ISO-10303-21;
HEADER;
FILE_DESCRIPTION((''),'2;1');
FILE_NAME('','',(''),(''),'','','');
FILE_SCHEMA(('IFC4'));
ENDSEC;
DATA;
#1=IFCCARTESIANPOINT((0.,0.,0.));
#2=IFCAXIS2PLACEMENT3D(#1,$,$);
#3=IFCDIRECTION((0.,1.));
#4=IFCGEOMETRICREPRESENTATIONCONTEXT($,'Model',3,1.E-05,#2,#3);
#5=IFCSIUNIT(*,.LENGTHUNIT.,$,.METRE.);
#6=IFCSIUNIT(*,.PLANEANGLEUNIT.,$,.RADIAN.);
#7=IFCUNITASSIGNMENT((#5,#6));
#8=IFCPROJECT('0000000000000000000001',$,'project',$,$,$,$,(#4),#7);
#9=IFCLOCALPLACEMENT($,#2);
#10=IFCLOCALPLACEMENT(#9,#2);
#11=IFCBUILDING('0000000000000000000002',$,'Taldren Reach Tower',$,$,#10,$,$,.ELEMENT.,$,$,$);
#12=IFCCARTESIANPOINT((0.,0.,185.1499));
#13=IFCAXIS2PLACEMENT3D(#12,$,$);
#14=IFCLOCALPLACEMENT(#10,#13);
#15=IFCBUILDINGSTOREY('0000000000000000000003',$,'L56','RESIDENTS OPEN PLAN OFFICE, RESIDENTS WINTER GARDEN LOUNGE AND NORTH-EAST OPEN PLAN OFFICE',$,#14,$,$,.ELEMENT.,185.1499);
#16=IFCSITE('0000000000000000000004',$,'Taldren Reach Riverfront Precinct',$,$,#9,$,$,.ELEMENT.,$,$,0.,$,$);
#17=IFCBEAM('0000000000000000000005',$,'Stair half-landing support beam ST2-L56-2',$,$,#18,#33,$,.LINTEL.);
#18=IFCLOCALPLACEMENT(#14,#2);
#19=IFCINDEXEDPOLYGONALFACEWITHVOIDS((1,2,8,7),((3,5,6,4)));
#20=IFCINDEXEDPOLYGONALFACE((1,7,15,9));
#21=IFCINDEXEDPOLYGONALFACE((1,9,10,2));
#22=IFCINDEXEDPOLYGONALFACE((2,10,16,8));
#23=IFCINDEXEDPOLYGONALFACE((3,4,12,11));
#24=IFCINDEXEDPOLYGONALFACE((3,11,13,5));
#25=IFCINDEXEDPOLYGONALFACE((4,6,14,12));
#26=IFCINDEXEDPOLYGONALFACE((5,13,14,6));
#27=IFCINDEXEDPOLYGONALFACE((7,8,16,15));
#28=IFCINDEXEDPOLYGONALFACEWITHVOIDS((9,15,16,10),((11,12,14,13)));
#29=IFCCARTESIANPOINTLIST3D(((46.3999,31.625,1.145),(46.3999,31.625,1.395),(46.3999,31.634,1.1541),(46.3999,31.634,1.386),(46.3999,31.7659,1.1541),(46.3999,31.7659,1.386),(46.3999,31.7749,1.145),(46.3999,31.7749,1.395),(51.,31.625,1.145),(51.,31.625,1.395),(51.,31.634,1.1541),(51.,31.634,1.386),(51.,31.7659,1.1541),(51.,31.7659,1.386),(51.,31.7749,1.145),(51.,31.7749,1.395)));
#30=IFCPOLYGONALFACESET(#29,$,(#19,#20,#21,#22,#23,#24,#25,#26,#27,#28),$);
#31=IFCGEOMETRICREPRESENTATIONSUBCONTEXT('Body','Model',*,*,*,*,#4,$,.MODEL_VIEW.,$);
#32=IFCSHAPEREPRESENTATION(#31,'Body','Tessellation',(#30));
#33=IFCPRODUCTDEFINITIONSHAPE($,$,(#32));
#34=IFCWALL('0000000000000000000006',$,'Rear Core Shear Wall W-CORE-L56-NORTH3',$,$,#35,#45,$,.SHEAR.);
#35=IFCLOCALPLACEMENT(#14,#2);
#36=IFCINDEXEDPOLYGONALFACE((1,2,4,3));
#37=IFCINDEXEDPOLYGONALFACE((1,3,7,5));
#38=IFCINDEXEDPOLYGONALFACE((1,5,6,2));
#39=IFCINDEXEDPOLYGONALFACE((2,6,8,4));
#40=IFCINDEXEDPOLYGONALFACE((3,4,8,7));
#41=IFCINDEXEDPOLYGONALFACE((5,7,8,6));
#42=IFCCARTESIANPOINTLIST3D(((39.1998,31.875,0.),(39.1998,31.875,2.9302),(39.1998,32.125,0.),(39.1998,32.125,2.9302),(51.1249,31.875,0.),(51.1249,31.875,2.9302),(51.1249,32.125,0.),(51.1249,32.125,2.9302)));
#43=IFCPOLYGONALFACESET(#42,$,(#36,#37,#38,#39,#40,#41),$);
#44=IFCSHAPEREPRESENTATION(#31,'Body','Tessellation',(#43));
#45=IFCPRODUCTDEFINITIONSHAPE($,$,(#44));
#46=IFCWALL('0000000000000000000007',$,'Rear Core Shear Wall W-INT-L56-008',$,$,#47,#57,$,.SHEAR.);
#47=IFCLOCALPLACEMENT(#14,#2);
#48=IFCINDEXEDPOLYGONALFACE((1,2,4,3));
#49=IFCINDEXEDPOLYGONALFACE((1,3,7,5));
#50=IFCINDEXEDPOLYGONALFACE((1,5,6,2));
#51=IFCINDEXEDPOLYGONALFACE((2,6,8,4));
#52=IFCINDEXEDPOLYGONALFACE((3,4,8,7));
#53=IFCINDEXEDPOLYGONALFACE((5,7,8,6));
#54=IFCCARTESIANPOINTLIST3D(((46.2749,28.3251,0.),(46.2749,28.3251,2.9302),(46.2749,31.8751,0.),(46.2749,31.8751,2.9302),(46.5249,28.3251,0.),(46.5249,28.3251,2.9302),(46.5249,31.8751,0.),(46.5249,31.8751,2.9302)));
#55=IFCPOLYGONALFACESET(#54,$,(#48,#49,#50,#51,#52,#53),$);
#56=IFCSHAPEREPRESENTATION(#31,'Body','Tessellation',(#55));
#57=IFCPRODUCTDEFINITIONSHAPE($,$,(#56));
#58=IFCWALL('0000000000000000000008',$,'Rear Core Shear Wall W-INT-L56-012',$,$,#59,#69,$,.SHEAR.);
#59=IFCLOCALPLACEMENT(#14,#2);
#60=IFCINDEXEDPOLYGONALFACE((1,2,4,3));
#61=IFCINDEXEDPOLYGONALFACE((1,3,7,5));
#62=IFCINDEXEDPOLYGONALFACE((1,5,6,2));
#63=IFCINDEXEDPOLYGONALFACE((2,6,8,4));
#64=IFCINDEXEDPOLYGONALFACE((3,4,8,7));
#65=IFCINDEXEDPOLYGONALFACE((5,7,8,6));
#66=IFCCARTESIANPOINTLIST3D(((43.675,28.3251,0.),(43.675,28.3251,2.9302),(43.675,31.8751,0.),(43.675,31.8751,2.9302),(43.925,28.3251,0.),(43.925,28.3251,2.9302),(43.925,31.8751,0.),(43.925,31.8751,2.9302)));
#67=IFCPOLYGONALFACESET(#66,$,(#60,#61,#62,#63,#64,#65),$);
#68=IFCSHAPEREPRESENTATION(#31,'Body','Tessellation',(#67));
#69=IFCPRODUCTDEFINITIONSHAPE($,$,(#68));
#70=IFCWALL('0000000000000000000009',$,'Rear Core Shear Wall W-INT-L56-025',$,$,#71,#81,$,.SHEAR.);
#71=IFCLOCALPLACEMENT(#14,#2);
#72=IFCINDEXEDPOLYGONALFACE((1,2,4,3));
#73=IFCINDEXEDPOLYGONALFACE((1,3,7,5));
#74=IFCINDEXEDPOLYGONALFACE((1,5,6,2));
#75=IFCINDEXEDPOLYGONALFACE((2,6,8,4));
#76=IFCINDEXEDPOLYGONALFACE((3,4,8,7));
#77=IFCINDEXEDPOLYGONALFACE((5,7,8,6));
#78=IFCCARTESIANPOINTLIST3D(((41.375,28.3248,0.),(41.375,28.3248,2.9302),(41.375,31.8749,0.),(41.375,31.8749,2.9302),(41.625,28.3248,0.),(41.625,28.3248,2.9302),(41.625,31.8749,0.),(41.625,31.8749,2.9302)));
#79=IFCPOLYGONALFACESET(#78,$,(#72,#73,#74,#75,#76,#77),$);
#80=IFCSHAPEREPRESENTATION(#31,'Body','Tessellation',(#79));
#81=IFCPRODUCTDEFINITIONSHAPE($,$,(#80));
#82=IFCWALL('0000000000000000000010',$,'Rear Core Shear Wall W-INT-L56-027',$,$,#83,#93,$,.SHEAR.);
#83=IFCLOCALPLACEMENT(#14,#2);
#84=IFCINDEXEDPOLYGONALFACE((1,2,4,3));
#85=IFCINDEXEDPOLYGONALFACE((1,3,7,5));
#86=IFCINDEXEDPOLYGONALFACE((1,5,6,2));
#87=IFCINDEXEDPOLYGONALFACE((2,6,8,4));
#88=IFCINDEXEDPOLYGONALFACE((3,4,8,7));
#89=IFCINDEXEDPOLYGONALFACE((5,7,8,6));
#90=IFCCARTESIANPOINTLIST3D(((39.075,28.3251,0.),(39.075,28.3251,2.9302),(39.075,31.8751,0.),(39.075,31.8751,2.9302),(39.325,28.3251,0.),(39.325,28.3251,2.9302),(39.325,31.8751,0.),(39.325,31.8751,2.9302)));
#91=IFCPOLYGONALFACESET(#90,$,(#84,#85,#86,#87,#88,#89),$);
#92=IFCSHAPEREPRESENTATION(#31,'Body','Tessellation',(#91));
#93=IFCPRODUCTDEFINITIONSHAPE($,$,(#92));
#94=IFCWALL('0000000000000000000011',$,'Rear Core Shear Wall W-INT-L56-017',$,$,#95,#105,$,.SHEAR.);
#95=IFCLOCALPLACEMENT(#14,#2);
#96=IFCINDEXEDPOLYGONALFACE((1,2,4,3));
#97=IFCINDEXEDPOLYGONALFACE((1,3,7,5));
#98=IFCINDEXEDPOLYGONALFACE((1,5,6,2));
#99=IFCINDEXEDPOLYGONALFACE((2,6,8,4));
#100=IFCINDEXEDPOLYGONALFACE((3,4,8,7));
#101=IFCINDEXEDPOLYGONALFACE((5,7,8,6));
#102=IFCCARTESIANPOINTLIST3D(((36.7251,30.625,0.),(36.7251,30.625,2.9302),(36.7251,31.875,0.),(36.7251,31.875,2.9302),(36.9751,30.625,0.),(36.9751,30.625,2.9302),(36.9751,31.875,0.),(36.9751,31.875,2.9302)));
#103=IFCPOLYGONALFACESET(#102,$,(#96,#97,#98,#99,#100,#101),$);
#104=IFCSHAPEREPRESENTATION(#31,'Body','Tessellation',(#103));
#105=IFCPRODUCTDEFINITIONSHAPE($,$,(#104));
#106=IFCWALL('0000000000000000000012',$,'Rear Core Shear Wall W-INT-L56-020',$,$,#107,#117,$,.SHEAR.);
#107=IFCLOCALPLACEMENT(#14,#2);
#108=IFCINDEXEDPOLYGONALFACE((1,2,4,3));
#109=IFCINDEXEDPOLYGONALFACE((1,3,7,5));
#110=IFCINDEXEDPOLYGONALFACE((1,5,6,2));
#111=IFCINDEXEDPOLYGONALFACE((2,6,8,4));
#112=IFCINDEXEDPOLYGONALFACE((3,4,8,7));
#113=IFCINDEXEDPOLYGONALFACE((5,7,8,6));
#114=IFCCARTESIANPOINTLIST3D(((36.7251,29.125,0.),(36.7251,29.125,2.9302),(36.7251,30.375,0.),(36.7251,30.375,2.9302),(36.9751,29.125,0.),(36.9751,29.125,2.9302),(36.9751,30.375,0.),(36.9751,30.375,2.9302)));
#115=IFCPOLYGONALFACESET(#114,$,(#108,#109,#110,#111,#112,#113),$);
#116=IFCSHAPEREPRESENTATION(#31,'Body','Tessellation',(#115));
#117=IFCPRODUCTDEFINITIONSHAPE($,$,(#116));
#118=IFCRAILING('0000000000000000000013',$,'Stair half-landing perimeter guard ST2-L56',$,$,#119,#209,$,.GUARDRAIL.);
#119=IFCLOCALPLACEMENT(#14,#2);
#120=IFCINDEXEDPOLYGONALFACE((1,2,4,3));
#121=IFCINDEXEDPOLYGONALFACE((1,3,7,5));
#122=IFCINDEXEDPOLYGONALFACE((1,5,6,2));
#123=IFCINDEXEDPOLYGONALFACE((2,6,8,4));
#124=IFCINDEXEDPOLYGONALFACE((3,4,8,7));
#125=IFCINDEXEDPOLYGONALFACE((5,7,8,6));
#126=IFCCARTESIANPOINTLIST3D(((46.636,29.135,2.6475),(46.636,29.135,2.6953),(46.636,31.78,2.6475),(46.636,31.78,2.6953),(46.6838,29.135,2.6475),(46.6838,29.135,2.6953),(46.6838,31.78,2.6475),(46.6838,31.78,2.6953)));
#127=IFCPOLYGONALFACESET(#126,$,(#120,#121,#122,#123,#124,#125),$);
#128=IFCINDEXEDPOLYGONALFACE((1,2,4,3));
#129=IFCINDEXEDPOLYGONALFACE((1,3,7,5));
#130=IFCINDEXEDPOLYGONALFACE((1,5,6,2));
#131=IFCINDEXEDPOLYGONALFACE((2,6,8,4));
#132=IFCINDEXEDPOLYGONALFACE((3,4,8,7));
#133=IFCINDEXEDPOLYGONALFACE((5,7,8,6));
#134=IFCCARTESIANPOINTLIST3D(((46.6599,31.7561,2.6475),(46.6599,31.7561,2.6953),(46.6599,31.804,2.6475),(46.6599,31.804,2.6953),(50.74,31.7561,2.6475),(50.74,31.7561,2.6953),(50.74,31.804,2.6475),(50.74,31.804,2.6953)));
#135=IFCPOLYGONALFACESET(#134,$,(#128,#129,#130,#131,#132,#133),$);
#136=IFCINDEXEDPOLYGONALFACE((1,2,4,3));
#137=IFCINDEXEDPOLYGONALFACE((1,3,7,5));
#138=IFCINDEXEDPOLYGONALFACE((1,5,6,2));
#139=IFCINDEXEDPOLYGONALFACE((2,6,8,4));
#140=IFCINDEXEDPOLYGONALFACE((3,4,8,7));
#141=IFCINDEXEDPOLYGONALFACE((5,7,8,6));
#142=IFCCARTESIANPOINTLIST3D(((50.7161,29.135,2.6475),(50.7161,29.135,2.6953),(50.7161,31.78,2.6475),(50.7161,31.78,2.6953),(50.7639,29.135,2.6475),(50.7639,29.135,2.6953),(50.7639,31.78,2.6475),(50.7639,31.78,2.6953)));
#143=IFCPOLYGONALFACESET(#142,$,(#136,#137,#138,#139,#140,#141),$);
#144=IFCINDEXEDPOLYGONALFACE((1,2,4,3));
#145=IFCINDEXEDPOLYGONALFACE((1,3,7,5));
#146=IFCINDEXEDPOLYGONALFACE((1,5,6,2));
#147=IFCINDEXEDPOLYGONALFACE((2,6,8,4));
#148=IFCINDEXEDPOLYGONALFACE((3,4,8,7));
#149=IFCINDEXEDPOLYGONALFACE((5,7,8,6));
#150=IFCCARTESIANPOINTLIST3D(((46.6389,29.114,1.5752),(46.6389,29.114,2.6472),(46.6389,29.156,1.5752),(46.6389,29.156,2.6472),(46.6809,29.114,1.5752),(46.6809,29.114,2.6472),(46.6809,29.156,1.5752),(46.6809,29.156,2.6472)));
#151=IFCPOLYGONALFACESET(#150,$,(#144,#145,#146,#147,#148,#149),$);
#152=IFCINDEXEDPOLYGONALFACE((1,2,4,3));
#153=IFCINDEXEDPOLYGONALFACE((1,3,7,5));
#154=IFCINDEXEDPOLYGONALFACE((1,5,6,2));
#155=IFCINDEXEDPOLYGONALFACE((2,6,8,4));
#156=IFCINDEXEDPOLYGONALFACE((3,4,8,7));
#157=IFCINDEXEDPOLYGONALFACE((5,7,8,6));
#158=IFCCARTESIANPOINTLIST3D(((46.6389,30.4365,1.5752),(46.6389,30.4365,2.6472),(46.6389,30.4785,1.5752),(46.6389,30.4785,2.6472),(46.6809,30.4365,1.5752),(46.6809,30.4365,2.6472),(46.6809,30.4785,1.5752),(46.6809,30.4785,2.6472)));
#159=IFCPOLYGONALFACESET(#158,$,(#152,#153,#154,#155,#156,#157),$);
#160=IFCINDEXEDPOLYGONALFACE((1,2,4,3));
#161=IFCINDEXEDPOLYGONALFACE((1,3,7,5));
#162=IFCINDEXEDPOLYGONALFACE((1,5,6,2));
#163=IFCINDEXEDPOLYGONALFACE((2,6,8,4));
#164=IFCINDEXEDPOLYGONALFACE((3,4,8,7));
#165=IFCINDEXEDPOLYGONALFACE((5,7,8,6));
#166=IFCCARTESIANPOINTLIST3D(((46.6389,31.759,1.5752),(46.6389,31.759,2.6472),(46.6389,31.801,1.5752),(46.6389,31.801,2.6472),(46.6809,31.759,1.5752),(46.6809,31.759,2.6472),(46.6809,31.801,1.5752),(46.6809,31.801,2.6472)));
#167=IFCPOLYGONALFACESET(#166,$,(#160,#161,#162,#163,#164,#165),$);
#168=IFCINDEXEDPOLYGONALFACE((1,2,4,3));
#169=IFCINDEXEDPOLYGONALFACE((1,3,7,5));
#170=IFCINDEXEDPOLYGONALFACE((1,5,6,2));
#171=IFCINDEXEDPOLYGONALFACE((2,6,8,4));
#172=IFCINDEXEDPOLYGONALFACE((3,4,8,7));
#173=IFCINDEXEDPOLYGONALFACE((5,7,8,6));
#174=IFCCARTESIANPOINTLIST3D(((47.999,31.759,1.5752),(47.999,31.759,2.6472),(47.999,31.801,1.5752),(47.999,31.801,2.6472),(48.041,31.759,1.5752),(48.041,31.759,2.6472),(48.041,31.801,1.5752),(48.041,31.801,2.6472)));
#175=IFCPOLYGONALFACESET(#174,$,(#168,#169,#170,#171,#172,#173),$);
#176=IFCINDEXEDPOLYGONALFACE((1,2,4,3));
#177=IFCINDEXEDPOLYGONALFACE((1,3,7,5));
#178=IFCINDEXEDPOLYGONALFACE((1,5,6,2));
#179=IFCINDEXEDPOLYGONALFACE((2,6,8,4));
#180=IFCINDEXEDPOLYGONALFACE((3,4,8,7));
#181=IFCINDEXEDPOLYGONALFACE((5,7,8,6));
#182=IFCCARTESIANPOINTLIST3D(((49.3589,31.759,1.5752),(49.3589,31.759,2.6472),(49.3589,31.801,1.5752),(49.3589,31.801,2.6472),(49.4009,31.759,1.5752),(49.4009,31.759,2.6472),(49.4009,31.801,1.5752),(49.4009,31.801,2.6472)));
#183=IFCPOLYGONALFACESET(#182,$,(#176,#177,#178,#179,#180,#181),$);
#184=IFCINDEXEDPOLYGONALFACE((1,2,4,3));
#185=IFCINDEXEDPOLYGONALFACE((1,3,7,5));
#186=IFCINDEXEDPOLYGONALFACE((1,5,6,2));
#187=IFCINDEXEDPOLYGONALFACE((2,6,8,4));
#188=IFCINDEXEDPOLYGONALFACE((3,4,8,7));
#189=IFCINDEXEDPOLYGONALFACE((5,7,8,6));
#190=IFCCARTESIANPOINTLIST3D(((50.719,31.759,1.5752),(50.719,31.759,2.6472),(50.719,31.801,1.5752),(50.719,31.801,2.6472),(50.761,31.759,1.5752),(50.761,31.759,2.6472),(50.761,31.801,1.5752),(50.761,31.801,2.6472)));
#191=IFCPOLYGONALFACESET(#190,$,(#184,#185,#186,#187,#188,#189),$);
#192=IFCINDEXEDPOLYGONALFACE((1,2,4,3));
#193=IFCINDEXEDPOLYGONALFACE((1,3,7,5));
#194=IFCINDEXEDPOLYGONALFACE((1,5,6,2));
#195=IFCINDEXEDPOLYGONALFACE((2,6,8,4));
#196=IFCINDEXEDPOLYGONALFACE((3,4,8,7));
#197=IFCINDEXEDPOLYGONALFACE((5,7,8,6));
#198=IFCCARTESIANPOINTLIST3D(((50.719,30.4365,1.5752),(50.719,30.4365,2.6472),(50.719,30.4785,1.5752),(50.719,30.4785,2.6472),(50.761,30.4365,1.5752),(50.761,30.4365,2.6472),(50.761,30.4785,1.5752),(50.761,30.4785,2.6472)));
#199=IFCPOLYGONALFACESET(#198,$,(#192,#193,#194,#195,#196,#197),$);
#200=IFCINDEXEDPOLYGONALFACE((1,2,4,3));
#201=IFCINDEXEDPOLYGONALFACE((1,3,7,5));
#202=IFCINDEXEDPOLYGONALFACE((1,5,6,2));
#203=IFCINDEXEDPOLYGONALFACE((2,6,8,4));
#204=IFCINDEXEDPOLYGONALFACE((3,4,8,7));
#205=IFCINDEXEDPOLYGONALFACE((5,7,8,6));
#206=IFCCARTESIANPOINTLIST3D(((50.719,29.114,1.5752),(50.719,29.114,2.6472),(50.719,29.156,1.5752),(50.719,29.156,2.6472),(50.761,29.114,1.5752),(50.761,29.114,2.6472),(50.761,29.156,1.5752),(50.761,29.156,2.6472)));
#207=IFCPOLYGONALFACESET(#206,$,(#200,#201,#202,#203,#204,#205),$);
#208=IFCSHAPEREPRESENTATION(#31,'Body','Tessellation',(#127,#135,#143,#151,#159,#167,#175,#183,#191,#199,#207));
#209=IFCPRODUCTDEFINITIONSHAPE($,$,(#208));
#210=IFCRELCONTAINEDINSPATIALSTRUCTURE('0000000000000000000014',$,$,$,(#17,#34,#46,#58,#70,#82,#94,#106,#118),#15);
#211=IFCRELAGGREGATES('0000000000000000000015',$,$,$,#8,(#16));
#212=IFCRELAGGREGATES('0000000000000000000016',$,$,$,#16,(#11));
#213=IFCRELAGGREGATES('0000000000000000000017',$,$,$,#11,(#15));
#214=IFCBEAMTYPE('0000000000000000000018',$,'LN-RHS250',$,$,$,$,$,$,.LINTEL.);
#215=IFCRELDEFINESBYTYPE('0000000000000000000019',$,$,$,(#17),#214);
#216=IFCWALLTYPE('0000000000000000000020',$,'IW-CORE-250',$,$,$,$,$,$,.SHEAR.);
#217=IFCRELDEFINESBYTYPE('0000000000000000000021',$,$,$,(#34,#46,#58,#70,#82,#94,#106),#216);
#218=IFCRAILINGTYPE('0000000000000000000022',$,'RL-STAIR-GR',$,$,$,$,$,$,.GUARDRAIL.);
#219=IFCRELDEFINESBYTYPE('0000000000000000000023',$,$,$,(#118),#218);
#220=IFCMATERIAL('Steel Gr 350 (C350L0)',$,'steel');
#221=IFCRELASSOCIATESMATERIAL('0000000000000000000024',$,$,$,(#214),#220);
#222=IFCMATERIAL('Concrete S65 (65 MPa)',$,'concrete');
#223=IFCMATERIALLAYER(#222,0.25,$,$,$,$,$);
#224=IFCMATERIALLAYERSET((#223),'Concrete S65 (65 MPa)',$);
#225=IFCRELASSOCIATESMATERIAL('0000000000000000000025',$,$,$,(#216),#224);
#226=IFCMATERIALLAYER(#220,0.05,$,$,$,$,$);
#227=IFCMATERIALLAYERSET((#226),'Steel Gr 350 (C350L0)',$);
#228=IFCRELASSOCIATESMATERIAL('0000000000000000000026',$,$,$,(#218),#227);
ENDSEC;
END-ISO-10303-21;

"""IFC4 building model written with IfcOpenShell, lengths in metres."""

from ifc_helpers import new_model, si_unit, direction, frame, frame_2d, origin, origin_2d, place, context, subcontext, project, spatial, rectangle, hollow_rectangle, extrude, source, transform, mapped, material, layer, layer_set, material_profile, profile_set, type_object, element, save


model = new_model("IFC4")

# Units and contexts
model_context = context("Model", 3, precision=1e-05, world=origin(), true_north=direction((0.0, 1.0)))
body_context = subcontext(model_context, "Body", "Model", "MODEL_VIEW")
ifc_project = project(units=[si_unit("LENGTHUNIT", "METRE"), si_unit("PLANEANGLEUNIT", "RADIAN")], contexts=[model_context])

# Site, building, storey
site_placement = place(None, origin())
site = spatial("IfcSite", under=ifc_project, at=site_placement, Name="Taldren Reach Riverfront Precinct", CompositionType="ELEMENT", RefElevation=0.0)
building_placement = place(site_placement, origin())
building = spatial("IfcBuilding", under=site, at=building_placement, Name="Taldren Reach Tower", CompositionType="ELEMENT")
storey_placement = place(building_placement, frame((0.0, 0.0, 185.1499)))
storey = spatial("IfcBuildingStorey", under=building, at=storey_placement, Name="L56", Description="RESIDENTS OPEN PLAN OFFICE, RESIDENTS WINTER GARDEN LOUNGE AND NORTH-EAST OPEN PLAN OFFICE", CompositionType="ELEMENT", Elevation=185.1499)

# Shared definitions
ifc_material_1 = material(Name="Steel Gr 350 (C350L0)", Category="steel")

# Beam
ifc_material_profile_1 = material_profile(ifc_material_1, hollow_rectangle(XDim=0.1499, YDim=0.25, WallThickness=0.009, at=origin_2d()), Name="250x150x9.0RHS")
ifc_profile_set_1 = profile_set([ifc_material_profile_1], Name="Steel Gr 350 (C350L0)")
beam_type_1 = type_object("IfcBeamType", Name="LN-RHS250", PredefinedType="LINTEL", material=ifc_profile_set_1)
shared_shape_1 = source(origin(), body_context, "Body", "SweptSolid", [
    extrude(hollow_rectangle(XDim=0.1499, YDim=0.25, WallThickness=0.009, at=origin_2d()), origin(), (0.0, 0.0, 1.0), 4.6001),
])
for number, where, z_axis, x_axis, name in (
    (1, (46.3999, 31.7, 1.27), (1.0, 0.0, 0.0), (0.0, 1.0, 0.0), "Stair half-landing support beam ST2-L56-2"),
):
    element("IfcBeam", number, at=place(storey_placement, frame(where, z_axis=z_axis, x_axis=x_axis)), inside=storey, type_object=beam_type_1, Name=name, PredefinedType="LINTEL", context=body_context, shape_type="MappedRepresentation", body=[
        mapped(shared_shape_1, transform((0.0, 0.0, 0.0), scale=1.0)),
    ])

# Walls
ifc_material_2 = material(Name="Concrete S65 (65 MPa)", Category="concrete")
ifc_layer_1 = layer(ifc_material_2, 0.25)
ifc_layer_set_1 = layer_set([ifc_layer_1], Name="Concrete S65 (65 MPa)")
wall_type = type_object("IfcWallType", Name="IW-CORE-250", PredefinedType="SHEAR", material=ifc_layer_set_1)
shared_shape_2 = source(origin(), body_context, "Body", "SweptSolid", [
    extrude(rectangle(XDim=11.925, YDim=0.25, at=frame_2d((5.9624, 0.0))), origin(), (0.0, 0.0, 1.0), 2.9302),
])
wall_placement = place(storey_placement, frame((39.2, 32.0, 0.0), z_axis=(0.0, 0.0, 1.0), x_axis=(1.0, 0.0, 0.0)))
element("IfcWall", 2, at=wall_placement, inside=storey, type_object=wall_type, Name="Rear Core Shear Wall W-CORE-L56-NORTH3", PredefinedType="SHEAR", context=body_context, shape_type="MappedRepresentation", body=[
    mapped(shared_shape_2, transform((0.0, 0.0, 0.0), scale=1.0)),
])
shared_shape_3 = source(origin(), body_context, "Body", "SweptSolid", [
    extrude(rectangle(XDim=3.55, YDim=0.25, at=frame_2d((1.7749, 0.0))), origin(), (0.0, 0.0, 1.0), 2.9302),
])
for number, where, z_axis, x_axis, name in (
    (3, (46.3999, 31.875, 0.0), (0.0, 0.0, 1.0), (0.0, -1.0, 0.0), "Rear Core Shear Wall W-INT-L56-008"),
    (4, (43.8, 31.875, 0.0), (0.0, 0.0, 1.0), (0.0, -1.0, 0.0), "Rear Core Shear Wall W-INT-L56-012"),
    (5, (41.5, 28.325, 0.0), (0.0, 0.0, 1.0), (0.0, 1.0, 0.0), "Rear Core Shear Wall W-INT-L56-025"),
    (6, (39.2, 31.875, 0.0), (0.0, 0.0, 1.0), (0.0, -1.0, 0.0), "Rear Core Shear Wall W-INT-L56-027"),
):
    element("IfcWall", number, at=place(storey_placement, frame(where, z_axis=z_axis, x_axis=x_axis)), inside=storey, type_object=wall_type, Name=name, PredefinedType="SHEAR", context=body_context, shape_type="MappedRepresentation", body=[
        mapped(shared_shape_3, transform((0.0, 0.0, 0.0), scale=1.0)),
    ])
shared_shape_4 = source(origin(), body_context, "Body", "SweptSolid", [
    extrude(rectangle(XDim=1.25, YDim=0.25, at=frame_2d((0.625, 0.0))), origin(), (0.0, 0.0, 1.0), 2.9302),
])
for number, where, z_axis, x_axis, name in (
    (7, (36.8501, 30.625, 0.0), (0.0, 0.0, 1.0), (0.0, 1.0, 0.0), "Rear Core Shear Wall W-INT-L56-017"),
    (8, (36.8501, 29.125, 0.0), (0.0, 0.0, 1.0), (0.0, 1.0, 0.0), "Rear Core Shear Wall W-INT-L56-020"),
):
    element("IfcWall", number, at=place(storey_placement, frame(where, z_axis=z_axis, x_axis=x_axis)), inside=storey, type_object=wall_type, Name=name, PredefinedType="SHEAR", context=body_context, shape_type="MappedRepresentation", body=[
        mapped(shared_shape_4, transform((0.0, 0.0, 0.0), scale=1.0)),
    ])

# Railing
ifc_layer_2 = layer(ifc_material_1, 0.05)
ifc_layer_set_2 = layer_set([ifc_layer_2], Name="Steel Gr 350 (C350L0)")
railing_type = type_object("IfcRailingType", Name="RL-STAIR-GR", PredefinedType="GUARDRAIL", material=ifc_layer_set_2)
railing_placement = place(storey_placement, frame((46.6599, 29.135, 1.5752)))
element("IfcRailing", 9, at=railing_placement, inside=storey, type_object=railing_type, Name="Stair half-landing perimeter guard ST2-L56", PredefinedType="GUARDRAIL", context=body_context, shape_type="SweptSolid", body=[
    extrude(rectangle(XDim=0.0479, YDim=0.0479, at=origin_2d()), frame((0.0, 0.0, 1.0962), z_axis=(0.0, 1.0, 0.0), x_axis=(-1.0, 0.0, 0.0)), (0.0, 0.0, 1.0), 2.645),
    extrude(rectangle(XDim=0.0479, YDim=0.0479, at=origin_2d()), frame((0.0, 2.645, 1.0962), z_axis=(1.0, 0.0, 0.0), x_axis=(0.0, 1.0, 0.0)), (0.0, 0.0, 1.0), 4.0801),
    extrude(rectangle(XDim=0.0479, YDim=0.0479, at=origin_2d()), frame((4.0801, 2.645, 1.0962), z_axis=(0.0, -1.0, 0.0), x_axis=(1.0, 0.0, 0.0)), (0.0, 0.0, 1.0), 2.645),
    extrude(rectangle(XDim=0.042, YDim=0.042, at=origin_2d()), origin(), (0.0, 0.0, 1.0), 1.072),
    extrude(rectangle(XDim=0.042, YDim=0.042, at=origin_2d()), frame((0.0, 1.3225, 0.0)), (0.0, 0.0, 1.0), 1.072),
    extrude(rectangle(XDim=0.042, YDim=0.042, at=origin_2d()), frame((0.0, 2.645, 0.0)), (0.0, 0.0, 1.0), 1.072),
    extrude(rectangle(XDim=0.042, YDim=0.042, at=origin_2d()), frame((1.3601, 2.645, 0.0)), (0.0, 0.0, 1.0), 1.072),
    extrude(rectangle(XDim=0.042, YDim=0.042, at=origin_2d()), frame((2.72, 2.645, 0.0)), (0.0, 0.0, 1.0), 1.072),
    extrude(rectangle(XDim=0.042, YDim=0.042, at=origin_2d()), frame((4.0801, 2.645, 0.0)), (0.0, 0.0, 1.0), 1.072),
    extrude(rectangle(XDim=0.042, YDim=0.042, at=origin_2d()), frame((4.0801, 1.3225, 0.0)), (0.0, 0.0, 1.0), 1.072),
    extrude(rectangle(XDim=0.042, YDim=0.042, at=origin_2d()), frame((4.0801, 0.0, 0.0)), (0.0, 0.0, 1.0), 1.072),
])

save(model, "model.ifc")
